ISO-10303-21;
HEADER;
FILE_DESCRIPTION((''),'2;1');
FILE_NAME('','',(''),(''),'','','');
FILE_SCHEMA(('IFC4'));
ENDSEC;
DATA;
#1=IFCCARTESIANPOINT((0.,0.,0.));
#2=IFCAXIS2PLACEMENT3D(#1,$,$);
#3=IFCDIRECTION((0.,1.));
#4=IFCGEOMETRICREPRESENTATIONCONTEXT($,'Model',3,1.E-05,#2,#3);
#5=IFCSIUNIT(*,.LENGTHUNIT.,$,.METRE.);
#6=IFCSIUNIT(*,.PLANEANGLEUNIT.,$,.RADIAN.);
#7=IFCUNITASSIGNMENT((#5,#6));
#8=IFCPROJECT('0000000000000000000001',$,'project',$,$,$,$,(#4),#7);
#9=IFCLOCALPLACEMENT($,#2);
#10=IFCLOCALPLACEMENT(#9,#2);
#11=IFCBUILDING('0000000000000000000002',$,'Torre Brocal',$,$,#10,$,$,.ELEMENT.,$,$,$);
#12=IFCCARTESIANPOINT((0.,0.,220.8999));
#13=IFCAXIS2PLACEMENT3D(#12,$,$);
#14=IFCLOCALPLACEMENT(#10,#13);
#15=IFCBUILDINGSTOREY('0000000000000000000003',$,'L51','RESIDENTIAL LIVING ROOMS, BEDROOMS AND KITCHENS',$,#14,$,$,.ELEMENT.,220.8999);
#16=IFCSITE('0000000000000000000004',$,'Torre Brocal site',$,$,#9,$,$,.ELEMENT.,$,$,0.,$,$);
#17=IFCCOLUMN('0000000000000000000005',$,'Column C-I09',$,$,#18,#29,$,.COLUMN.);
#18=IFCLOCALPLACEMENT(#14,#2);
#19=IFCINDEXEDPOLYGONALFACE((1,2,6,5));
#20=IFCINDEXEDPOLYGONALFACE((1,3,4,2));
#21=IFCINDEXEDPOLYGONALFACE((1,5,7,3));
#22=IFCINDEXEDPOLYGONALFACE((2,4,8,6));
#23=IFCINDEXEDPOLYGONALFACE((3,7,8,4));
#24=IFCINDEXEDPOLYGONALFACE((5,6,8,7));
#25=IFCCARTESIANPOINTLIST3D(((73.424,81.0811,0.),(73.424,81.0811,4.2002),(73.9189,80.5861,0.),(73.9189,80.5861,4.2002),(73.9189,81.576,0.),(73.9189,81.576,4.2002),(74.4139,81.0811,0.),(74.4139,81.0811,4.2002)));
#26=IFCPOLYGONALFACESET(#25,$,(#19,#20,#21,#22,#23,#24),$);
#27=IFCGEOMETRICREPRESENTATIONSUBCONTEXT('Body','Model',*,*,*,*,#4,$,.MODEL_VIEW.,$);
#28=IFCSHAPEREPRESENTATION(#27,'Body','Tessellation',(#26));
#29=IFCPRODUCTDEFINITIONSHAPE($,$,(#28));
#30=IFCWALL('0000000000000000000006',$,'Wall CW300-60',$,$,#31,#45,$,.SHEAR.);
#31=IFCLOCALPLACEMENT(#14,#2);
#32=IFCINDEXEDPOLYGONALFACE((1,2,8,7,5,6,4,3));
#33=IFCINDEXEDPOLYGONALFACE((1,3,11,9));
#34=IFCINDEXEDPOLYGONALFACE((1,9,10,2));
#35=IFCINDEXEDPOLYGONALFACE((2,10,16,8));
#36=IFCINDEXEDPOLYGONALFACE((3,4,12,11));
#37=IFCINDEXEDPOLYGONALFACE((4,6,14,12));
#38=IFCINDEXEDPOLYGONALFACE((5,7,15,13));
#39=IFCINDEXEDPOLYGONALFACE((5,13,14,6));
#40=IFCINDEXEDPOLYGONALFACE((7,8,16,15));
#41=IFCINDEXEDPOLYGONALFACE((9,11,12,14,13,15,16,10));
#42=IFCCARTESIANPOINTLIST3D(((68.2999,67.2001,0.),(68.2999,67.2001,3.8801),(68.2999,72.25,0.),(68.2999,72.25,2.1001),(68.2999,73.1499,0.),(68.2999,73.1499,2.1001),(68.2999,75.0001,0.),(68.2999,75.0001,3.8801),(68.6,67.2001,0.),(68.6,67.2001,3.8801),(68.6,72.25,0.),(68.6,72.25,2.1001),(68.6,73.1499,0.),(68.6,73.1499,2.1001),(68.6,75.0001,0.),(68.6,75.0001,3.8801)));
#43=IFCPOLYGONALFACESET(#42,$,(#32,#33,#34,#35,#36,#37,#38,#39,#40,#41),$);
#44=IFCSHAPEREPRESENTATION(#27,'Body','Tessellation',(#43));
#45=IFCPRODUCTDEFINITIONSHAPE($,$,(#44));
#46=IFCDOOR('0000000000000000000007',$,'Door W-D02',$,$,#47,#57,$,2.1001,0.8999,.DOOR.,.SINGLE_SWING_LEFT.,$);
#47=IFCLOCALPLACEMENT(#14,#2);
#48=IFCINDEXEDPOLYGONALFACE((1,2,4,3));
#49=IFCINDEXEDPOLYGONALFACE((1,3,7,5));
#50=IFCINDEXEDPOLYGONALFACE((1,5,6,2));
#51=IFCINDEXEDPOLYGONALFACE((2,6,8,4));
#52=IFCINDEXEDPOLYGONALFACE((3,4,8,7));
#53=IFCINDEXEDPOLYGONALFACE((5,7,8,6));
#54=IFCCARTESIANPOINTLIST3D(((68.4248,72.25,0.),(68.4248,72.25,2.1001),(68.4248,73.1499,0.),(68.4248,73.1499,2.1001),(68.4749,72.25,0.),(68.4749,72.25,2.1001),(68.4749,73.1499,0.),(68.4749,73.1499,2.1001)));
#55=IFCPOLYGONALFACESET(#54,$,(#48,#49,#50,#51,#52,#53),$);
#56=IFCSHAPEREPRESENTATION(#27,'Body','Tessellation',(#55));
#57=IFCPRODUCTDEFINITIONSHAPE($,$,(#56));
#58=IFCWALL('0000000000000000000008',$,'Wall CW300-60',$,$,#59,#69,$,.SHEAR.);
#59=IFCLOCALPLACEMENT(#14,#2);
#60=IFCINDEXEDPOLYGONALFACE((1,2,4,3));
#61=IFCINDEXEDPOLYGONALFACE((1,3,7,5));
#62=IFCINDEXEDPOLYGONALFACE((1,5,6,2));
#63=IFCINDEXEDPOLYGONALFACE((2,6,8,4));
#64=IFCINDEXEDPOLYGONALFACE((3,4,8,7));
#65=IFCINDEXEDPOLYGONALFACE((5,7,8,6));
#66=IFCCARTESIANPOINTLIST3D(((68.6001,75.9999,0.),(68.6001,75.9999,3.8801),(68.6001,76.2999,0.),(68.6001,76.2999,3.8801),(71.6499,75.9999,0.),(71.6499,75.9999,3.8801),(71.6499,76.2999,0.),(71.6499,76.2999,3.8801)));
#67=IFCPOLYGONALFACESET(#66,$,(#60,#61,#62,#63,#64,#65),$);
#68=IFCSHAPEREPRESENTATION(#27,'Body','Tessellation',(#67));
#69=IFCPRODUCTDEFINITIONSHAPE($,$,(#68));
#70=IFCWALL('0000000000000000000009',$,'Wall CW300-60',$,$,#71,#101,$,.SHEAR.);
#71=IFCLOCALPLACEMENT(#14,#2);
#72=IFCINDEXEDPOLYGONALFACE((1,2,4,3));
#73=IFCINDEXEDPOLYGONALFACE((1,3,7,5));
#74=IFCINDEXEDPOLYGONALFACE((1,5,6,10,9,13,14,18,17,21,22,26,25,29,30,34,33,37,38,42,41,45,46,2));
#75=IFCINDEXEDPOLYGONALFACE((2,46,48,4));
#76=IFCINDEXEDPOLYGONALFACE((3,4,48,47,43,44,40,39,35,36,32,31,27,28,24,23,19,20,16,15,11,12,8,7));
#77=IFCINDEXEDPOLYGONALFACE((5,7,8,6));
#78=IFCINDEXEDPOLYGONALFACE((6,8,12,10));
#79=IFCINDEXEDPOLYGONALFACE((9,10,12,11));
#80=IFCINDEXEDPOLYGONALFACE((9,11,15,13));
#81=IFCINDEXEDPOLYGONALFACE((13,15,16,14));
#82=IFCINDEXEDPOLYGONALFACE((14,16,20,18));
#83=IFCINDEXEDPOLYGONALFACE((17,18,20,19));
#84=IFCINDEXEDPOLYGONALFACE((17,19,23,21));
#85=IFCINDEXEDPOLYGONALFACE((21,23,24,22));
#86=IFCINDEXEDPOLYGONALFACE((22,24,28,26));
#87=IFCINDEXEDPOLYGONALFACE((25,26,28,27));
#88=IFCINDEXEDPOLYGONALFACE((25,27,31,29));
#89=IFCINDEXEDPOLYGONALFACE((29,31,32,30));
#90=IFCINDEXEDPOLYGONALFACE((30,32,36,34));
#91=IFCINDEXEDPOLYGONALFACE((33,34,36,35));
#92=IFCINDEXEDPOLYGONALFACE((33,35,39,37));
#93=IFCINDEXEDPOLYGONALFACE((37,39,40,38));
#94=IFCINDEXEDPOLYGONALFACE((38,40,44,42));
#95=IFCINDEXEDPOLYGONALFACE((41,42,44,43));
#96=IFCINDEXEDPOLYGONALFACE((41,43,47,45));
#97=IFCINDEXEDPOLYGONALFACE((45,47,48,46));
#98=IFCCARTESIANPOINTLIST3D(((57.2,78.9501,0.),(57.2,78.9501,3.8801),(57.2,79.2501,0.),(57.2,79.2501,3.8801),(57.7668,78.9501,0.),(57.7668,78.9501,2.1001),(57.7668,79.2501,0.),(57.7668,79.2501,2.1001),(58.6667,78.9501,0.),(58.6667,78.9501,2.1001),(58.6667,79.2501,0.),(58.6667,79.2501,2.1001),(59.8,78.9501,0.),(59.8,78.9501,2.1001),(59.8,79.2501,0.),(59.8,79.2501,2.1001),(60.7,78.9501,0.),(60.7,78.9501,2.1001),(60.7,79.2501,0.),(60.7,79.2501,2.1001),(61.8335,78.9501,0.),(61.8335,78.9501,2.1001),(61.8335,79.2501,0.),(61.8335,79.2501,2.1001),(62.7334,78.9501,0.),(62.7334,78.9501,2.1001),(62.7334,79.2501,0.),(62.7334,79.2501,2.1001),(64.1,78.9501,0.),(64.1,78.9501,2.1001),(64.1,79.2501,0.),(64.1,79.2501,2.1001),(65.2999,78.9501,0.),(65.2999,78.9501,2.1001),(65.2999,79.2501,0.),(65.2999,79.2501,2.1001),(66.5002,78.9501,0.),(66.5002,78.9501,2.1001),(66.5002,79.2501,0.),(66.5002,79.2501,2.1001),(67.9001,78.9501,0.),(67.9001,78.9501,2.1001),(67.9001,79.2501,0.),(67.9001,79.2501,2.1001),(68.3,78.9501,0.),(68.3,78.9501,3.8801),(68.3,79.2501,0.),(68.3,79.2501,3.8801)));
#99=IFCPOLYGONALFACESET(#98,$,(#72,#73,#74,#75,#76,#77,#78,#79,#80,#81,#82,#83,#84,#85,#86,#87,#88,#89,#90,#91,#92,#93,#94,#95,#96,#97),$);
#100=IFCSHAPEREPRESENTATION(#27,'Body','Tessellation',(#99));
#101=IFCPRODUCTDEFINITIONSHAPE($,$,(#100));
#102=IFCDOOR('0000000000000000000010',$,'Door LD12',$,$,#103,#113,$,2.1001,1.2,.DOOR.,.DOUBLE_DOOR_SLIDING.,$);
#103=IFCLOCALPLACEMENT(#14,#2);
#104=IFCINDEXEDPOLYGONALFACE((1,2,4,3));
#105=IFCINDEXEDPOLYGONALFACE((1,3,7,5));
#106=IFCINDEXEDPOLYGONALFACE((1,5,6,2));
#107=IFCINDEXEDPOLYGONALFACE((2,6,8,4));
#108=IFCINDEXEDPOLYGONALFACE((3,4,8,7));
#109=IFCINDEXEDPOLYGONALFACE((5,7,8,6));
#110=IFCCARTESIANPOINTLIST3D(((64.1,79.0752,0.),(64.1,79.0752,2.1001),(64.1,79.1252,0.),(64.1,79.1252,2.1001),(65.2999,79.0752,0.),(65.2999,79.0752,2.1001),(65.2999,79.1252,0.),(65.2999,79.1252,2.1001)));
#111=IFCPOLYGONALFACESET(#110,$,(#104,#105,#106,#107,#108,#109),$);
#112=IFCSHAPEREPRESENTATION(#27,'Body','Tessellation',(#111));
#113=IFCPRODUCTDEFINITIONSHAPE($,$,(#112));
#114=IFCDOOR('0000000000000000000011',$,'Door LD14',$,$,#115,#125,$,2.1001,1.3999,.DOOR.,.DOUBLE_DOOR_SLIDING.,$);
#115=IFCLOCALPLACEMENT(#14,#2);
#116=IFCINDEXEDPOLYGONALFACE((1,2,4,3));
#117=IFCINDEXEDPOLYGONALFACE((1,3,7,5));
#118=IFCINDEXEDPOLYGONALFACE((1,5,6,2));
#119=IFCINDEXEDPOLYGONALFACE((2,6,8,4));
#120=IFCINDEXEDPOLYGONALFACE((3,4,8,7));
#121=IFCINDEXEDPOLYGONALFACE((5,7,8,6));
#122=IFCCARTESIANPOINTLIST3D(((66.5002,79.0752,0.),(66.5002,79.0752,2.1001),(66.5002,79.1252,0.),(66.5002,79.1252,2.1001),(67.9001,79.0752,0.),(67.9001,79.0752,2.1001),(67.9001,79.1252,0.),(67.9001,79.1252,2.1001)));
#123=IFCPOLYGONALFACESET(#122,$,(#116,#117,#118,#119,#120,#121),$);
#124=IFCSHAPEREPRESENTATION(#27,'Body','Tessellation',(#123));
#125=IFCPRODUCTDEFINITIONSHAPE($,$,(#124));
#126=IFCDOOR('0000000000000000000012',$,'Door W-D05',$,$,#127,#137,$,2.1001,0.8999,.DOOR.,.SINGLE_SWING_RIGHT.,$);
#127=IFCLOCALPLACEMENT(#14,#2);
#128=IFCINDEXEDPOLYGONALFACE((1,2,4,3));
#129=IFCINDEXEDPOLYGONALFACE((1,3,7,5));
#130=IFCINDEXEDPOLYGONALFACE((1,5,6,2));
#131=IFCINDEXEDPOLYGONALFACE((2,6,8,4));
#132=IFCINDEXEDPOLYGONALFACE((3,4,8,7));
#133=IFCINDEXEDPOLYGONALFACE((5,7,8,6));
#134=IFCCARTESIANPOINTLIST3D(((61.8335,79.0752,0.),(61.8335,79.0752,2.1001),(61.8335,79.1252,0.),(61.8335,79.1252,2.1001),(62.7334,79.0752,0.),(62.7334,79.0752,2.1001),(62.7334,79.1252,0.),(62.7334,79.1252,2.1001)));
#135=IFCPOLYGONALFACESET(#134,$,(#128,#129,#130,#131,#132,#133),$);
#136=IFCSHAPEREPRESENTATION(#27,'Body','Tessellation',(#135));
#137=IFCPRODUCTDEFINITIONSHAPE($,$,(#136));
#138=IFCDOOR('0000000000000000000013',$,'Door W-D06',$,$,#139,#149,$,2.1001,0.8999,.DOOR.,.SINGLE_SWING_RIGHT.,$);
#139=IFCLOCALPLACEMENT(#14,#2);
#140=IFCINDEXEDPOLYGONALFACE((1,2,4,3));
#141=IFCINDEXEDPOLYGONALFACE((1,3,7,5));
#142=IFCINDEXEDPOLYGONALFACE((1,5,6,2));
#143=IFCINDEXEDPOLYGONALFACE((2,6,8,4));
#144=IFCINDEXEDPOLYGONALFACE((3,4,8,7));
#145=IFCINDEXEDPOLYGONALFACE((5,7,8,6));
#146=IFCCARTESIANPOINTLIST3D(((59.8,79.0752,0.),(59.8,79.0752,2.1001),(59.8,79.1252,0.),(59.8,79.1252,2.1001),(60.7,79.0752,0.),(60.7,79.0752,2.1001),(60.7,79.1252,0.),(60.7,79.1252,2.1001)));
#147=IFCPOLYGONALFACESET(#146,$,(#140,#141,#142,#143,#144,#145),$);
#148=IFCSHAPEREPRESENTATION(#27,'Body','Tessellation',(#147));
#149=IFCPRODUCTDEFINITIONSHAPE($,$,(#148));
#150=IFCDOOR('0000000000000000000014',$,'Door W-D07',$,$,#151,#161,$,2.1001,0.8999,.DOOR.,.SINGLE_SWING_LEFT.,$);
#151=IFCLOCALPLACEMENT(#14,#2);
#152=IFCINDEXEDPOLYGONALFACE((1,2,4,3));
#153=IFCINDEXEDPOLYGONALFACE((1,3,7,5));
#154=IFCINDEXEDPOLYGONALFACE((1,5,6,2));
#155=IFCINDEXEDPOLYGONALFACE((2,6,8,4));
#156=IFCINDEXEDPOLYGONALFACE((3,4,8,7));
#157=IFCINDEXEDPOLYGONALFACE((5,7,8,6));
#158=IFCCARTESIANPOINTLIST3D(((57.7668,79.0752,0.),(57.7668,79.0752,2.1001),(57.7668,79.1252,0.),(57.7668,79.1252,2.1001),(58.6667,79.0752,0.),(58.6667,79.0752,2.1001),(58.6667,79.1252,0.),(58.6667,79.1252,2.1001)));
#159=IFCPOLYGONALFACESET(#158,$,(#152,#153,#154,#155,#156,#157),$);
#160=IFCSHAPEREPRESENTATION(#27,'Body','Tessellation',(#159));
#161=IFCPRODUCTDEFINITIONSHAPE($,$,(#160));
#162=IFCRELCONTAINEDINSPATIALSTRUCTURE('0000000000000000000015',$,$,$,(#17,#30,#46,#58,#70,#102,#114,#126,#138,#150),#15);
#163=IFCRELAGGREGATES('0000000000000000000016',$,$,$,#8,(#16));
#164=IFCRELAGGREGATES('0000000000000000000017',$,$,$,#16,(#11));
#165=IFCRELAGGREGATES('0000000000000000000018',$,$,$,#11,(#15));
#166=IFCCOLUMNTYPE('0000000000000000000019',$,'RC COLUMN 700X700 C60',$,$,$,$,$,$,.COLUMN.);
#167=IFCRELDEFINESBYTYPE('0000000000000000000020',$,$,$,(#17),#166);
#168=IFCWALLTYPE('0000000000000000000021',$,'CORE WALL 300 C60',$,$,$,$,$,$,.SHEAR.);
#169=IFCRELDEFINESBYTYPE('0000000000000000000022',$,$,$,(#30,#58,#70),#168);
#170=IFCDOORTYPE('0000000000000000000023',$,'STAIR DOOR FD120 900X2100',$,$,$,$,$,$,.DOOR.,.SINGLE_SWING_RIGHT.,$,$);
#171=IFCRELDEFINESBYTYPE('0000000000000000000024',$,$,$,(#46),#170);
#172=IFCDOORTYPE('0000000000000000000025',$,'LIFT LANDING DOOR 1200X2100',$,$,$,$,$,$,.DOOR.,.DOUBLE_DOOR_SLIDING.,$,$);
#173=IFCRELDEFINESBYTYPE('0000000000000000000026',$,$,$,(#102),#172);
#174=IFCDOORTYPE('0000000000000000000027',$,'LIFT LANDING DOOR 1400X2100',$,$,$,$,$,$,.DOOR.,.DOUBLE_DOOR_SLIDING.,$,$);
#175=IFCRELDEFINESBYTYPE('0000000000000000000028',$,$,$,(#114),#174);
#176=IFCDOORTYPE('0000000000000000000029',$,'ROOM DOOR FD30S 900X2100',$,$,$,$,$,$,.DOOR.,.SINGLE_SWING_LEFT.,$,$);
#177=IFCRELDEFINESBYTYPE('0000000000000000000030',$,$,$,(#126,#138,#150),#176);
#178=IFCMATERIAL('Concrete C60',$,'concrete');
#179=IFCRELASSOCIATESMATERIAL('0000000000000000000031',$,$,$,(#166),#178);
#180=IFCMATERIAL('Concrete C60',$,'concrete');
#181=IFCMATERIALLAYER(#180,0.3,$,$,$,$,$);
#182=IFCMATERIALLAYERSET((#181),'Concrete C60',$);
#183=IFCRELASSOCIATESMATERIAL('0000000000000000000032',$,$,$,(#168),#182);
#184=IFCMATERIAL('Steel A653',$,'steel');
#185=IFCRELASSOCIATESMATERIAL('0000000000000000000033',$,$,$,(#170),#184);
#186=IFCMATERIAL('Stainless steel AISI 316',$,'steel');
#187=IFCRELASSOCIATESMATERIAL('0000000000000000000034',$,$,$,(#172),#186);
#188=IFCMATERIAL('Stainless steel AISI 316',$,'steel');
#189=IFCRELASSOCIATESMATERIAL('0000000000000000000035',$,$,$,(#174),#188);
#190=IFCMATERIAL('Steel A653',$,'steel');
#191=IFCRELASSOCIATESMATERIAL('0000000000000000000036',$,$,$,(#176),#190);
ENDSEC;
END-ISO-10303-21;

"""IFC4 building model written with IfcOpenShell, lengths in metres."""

from ifc_helpers import new_model, si_unit, direction, frame, frame_2d, origin, origin_2d, place, context, subcontext, project, spatial, rectangle, extrude, material, layer, layer_set, material_profile, profile_set, type_object, element, fill, save


model = new_model("IFC4")

# Units and contexts
model_context = context("Model", 3, precision=1e-05, world=origin(), true_north=direction((0.0, 1.0)))
body_context = subcontext(model_context, "Body", "Model", "MODEL_VIEW")
ifc_project = project(units=[si_unit("LENGTHUNIT", "METRE"), si_unit("PLANEANGLEUNIT", "RADIAN")], contexts=[model_context])

# Site, building, storey
site_placement = place(None, origin())
site = spatial("IfcSite", under=ifc_project, at=site_placement, Name="Torre Brocal site", CompositionType="ELEMENT", RefElevation=0.0)
building_placement = place(site_placement, origin())
building = spatial("IfcBuilding", under=site, at=building_placement, Name="Torre Brocal", CompositionType="ELEMENT")
storey_placement = place(building_placement, frame((0.0, 0.0, 220.8999)))
storey = spatial("IfcBuildingStorey", under=building, at=storey_placement, Name="L51", Description="RESIDENTIAL LIVING ROOMS, BEDROOMS AND KITCHENS", CompositionType="ELEMENT", Elevation=220.8999)

# Column
ifc_material_1 = material(Name="Concrete C60", Category="concrete")
ifc_material_profile = material_profile(ifc_material_1, rectangle(XDim=0.7, YDim=0.7, at=origin_2d()), Name="RC 700X700")
ifc_profile_set = profile_set([ifc_material_profile], Name="Concrete C60")
column_type = type_object("IfcColumnType", Name="RC COLUMN 700X700 C60", PredefinedType="COLUMN", material=ifc_profile_set)
column_placement = place(storey_placement, frame((73.9189, 81.0811, 0.0), z_axis=(0.0, 0.0, 1.0), x_axis=(-0.707107, 0.707107, 0.0)))
element("IfcColumn", 1, at=column_placement, inside=storey, type_object=column_type, Name="Column C-I09", PredefinedType="COLUMN", context=body_context, shape_type="SweptSolid", body=[
    extrude(rectangle(XDim=0.7, YDim=0.7, at=origin_2d()), origin(), (0.0, 0.0, 1.0), 4.2002),
])

# Wall, opening, door
ifc_material_2 = material(Name="Concrete C60", Category="concrete")
ifc_layer_1 = layer(ifc_material_2, 0.3)
ifc_layer_set_1 = layer_set([ifc_layer_1], Name="Concrete C60")
wall_type_1 = type_object("IfcWallType", Name="CORE WALL 300 C60", PredefinedType="SHEAR", material=ifc_layer_set_1)
wall_1_placement = place(storey_placement, frame((68.45, 75.0, 0.0), z_axis=(0.0, 0.0, 1.0), x_axis=(0.0, -1.0, 0.0)))
wall_1 = element("IfcWall", 2, at=wall_1_placement, inside=storey, type_object=wall_type_1, Name="Wall CW300-60", PredefinedType="SHEAR", context=body_context, shape_type="SweptSolid", body=[
    extrude(rectangle(XDim=7.8, YDim=0.3, at=frame_2d((3.8999, 0.0))), origin(), (0.0, 0.0, 1.0), 3.8801),
])
opening_1_placement = place(wall_1_placement, frame((1.8501, 0.0, 0.0)))
opening_1 = element("IfcOpeningElement", 3, at=opening_1_placement, cuts=wall_1, PredefinedType="OPENING", context=body_context, shape_type="SweptSolid", body=[
    extrude(rectangle(XDim=0.8999, YDim=2.1001, at=frame_2d((0.45, 1.05))), frame((0.0, 0.1599, 0.0), z_axis=(0.0, -1.0, 0.0), x_axis=(1.0, 0.0, 0.0)), (0.0, 0.0, 1.0), 0.3201),
])
ifc_material_3 = material(Name="Steel A653", Category="steel")
door_type_1 = type_object("IfcDoorType", Name="STAIR DOOR FD120 900X2100", OperationType="SINGLE_SWING_RIGHT", PredefinedType="DOOR", material=ifc_material_3)
door_1_placement = place(opening_1_placement, origin())
door_1 = element("IfcDoor", 4, at=door_1_placement, inside=storey, type_object=door_type_1, Name="Door W-D02", OperationType="SINGLE_SWING_LEFT", OverallHeight=2.1001, OverallWidth=0.8999, PredefinedType="DOOR", context=body_context, shape_type="SweptSolid", body=[
    extrude(rectangle(XDim=0.8999, YDim=2.1001, at=frame_2d((0.45, 1.05))), frame((0.0, 0.0249, 0.0), z_axis=(0.0, -1.0, 0.0), x_axis=(1.0, 0.0, 0.0)), (0.0, 0.0, 1.0), 0.05),
])
fill(opening_1, door_1)

# Wall
wall_2_placement = place(storey_placement, frame((71.6499, 76.1499, 0.0), z_axis=(0.0, 0.0, 1.0), x_axis=(-1.0, 0.0, 0.0)))
element("IfcWall", 5, at=wall_2_placement, inside=storey, type_object=wall_type_1, Name="Wall CW300-60", PredefinedType="SHEAR", context=body_context, shape_type="SweptSolid", body=[
    extrude(rectangle(XDim=3.0498, YDim=0.3, at=frame_2d((1.5249, 0.0))), origin(), (0.0, 0.0, 1.0), 3.8801),
])

# Wall, openings, doors
wall_3_placement = place(storey_placement, frame((68.3, 79.1001, 0.0), z_axis=(0.0, 0.0, 1.0), x_axis=(-1.0, 0.0, 0.0)))
wall_3 = element("IfcWall", 6, at=wall_3_placement, inside=storey, type_object=wall_type_1, Name="Wall CW300-60", PredefinedType="SHEAR", context=body_context, shape_type="SweptSolid", body=[
    extrude(rectangle(XDim=11.1001, YDim=0.3, at=frame_2d((5.55, 0.0))), origin(), (0.0, 0.0, 1.0), 3.8801),
])
opening_2_placement = place(wall_3_placement, frame((0.3999, 0.0, 0.0)))
opening_2 = element("IfcOpeningElement", 7, at=opening_2_placement, cuts=wall_3, PredefinedType="OPENING", context=body_context, shape_type="SweptSolid", body=[
    extrude(rectangle(XDim=1.3999, YDim=2.1001, at=frame_2d((0.7, 1.05))), frame((0.0, 0.1599, 0.0), z_axis=(0.0, -1.0, 0.0), x_axis=(1.0, 0.0, 0.0)), (0.0, 0.0, 1.0), 0.3201),
])
opening_3_placement = place(wall_3_placement, frame((3.0, 0.0, 0.0)))
opening_3 = element("IfcOpeningElement", 8, at=opening_3_placement, cuts=wall_3, PredefinedType="OPENING", context=body_context, shape_type="SweptSolid", body=[
    extrude(rectangle(XDim=1.2, YDim=2.1001, at=frame_2d((0.6001, 1.05))), frame((0.0, 0.1599, 0.0), z_axis=(0.0, -1.0, 0.0), x_axis=(1.0, 0.0, 0.0)), (0.0, 0.0, 1.0), 0.3201),
])
opening_4_placement = place(wall_3_placement, frame((5.5667, 0.0, 0.0)))
opening_4 = element("IfcOpeningElement", 9, at=opening_4_placement, cuts=wall_3, PredefinedType="OPENING", context=body_context, shape_type="SweptSolid", body=[
    extrude(rectangle(XDim=0.8999, YDim=2.1001, at=frame_2d((0.45, 1.05))), frame((0.0, 0.1599, 0.0), z_axis=(0.0, -1.0, 0.0), x_axis=(1.0, 0.0, 0.0)), (0.0, 0.0, 1.0), 0.3201),
])
opening_5_placement = place(wall_3_placement, frame((7.6001, 0.0, 0.0)))
opening_5 = element("IfcOpeningElement", 10, at=opening_5_placement, cuts=wall_3, PredefinedType="OPENING", context=body_context, shape_type="SweptSolid", body=[
    extrude(rectangle(XDim=0.8999, YDim=2.1001, at=frame_2d((0.45, 1.05))), frame((0.0, 0.1599, 0.0), z_axis=(0.0, -1.0, 0.0), x_axis=(1.0, 0.0, 0.0)), (0.0, 0.0, 1.0), 0.3201),
])
opening_6_placement = place(wall_3_placement, frame((9.6333, 0.0, 0.0)))
opening_6 = element("IfcOpeningElement", 11, at=opening_6_placement, cuts=wall_3, PredefinedType="OPENING", context=body_context, shape_type="SweptSolid", body=[
    extrude(rectangle(XDim=0.8999, YDim=2.1001, at=frame_2d((0.45, 1.05))), frame((0.0, 0.1599, 0.0), z_axis=(0.0, -1.0, 0.0), x_axis=(1.0, 0.0, 0.0)), (0.0, 0.0, 1.0), 0.3201),
])
ifc_material_4 = material(Name="Stainless steel AISI 316", Category="steel")
door_type_2 = type_object("IfcDoorType", Name="LIFT LANDING DOOR 1200X2100", OperationType="DOUBLE_DOOR_SLIDING", PredefinedType="DOOR", material=ifc_material_4)
door_2_placement = place(opening_3_placement, origin())
door_2 = element("IfcDoor", 12, at=door_2_placement, inside=storey, type_object=door_type_2, Name="Door LD12", OperationType="DOUBLE_DOOR_SLIDING", OverallHeight=2.1001, OverallWidth=1.2, PredefinedType="DOOR", context=body_context, shape_type="SweptSolid", body=[
    extrude(rectangle(XDim=1.2, YDim=2.1001, at=frame_2d((0.6001, 1.05))), frame((0.0, 0.0249, 0.0), z_axis=(0.0, -1.0, 0.0), x_axis=(1.0, 0.0, 0.0)), (0.0, 0.0, 1.0), 0.05),
])
fill(opening_3, door_2)
ifc_material_5 = material(Name="Stainless steel AISI 316", Category="steel")
door_type_3 = type_object("IfcDoorType", Name="LIFT LANDING DOOR 1400X2100", OperationType="DOUBLE_DOOR_SLIDING", PredefinedType="DOOR", material=ifc_material_5)
door_3_placement = place(opening_2_placement, origin())
door_3 = element("IfcDoor", 13, at=door_3_placement, inside=storey, type_object=door_type_3, Name="Door LD14", OperationType="DOUBLE_DOOR_SLIDING", OverallHeight=2.1001, OverallWidth=1.3999, PredefinedType="DOOR", context=body_context, shape_type="SweptSolid", body=[
    extrude(rectangle(XDim=1.3999, YDim=2.1001, at=frame_2d((0.7, 1.05))), frame((0.0, 0.0249, 0.0), z_axis=(0.0, -1.0, 0.0), x_axis=(1.0, 0.0, 0.0)), (0.0, 0.0, 1.0), 0.05),
])
fill(opening_2, door_3)
ifc_material_6 = material(Name="Steel A653", Category="steel")
door_type_4 = type_object("IfcDoorType", Name="ROOM DOOR FD30S 900X2100", OperationType="SINGLE_SWING_LEFT", PredefinedType="DOOR", material=ifc_material_6)
door_4_placement = place(opening_4_placement, origin())
door_4 = element("IfcDoor", 14, at=door_4_placement, inside=storey, type_object=door_type_4, Name="Door W-D05", OperationType="SINGLE_SWING_RIGHT", OverallHeight=2.1001, OverallWidth=0.8999, PredefinedType="DOOR", context=body_context, shape_type="SweptSolid", body=[
    extrude(rectangle(XDim=0.8999, YDim=2.1001, at=frame_2d((0.45, 1.05))), frame((0.0, 0.0249, 0.0), z_axis=(0.0, -1.0, 0.0), x_axis=(1.0, 0.0, 0.0)), (0.0, 0.0, 1.0), 0.05),
])
fill(opening_4, door_4)
door_5_placement = place(opening_5_placement, origin())
door_5 = element("IfcDoor", 15, at=door_5_placement, inside=storey, type_object=door_type_4, Name="Door W-D06", OperationType="SINGLE_SWING_RIGHT", OverallHeight=2.1001, OverallWidth=0.8999, PredefinedType="DOOR", context=body_context, shape_type="SweptSolid", body=[
    extrude(rectangle(XDim=0.8999, YDim=2.1001, at=frame_2d((0.45, 1.05))), frame((0.0, 0.0249, 0.0), z_axis=(0.0, -1.0, 0.0), x_axis=(1.0, 0.0, 0.0)), (0.0, 0.0, 1.0), 0.05),
])
fill(opening_5, door_5)
door_6_placement = place(opening_6_placement, origin())
door_6 = element("IfcDoor", 16, at=door_6_placement, inside=storey, type_object=door_type_4, Name="Door W-D07", OperationType="SINGLE_SWING_LEFT", OverallHeight=2.1001, OverallWidth=0.8999, PredefinedType="DOOR", context=body_context, shape_type="SweptSolid", body=[
    extrude(rectangle(XDim=0.8999, YDim=2.1001, at=frame_2d((0.45, 1.05))), frame((0.0, 0.0249, 0.0), z_axis=(0.0, -1.0, 0.0), x_axis=(1.0, 0.0, 0.0)), (0.0, 0.0, 1.0), 0.05),
])
fill(opening_6, door_6)

save(model, "model.ifc")
